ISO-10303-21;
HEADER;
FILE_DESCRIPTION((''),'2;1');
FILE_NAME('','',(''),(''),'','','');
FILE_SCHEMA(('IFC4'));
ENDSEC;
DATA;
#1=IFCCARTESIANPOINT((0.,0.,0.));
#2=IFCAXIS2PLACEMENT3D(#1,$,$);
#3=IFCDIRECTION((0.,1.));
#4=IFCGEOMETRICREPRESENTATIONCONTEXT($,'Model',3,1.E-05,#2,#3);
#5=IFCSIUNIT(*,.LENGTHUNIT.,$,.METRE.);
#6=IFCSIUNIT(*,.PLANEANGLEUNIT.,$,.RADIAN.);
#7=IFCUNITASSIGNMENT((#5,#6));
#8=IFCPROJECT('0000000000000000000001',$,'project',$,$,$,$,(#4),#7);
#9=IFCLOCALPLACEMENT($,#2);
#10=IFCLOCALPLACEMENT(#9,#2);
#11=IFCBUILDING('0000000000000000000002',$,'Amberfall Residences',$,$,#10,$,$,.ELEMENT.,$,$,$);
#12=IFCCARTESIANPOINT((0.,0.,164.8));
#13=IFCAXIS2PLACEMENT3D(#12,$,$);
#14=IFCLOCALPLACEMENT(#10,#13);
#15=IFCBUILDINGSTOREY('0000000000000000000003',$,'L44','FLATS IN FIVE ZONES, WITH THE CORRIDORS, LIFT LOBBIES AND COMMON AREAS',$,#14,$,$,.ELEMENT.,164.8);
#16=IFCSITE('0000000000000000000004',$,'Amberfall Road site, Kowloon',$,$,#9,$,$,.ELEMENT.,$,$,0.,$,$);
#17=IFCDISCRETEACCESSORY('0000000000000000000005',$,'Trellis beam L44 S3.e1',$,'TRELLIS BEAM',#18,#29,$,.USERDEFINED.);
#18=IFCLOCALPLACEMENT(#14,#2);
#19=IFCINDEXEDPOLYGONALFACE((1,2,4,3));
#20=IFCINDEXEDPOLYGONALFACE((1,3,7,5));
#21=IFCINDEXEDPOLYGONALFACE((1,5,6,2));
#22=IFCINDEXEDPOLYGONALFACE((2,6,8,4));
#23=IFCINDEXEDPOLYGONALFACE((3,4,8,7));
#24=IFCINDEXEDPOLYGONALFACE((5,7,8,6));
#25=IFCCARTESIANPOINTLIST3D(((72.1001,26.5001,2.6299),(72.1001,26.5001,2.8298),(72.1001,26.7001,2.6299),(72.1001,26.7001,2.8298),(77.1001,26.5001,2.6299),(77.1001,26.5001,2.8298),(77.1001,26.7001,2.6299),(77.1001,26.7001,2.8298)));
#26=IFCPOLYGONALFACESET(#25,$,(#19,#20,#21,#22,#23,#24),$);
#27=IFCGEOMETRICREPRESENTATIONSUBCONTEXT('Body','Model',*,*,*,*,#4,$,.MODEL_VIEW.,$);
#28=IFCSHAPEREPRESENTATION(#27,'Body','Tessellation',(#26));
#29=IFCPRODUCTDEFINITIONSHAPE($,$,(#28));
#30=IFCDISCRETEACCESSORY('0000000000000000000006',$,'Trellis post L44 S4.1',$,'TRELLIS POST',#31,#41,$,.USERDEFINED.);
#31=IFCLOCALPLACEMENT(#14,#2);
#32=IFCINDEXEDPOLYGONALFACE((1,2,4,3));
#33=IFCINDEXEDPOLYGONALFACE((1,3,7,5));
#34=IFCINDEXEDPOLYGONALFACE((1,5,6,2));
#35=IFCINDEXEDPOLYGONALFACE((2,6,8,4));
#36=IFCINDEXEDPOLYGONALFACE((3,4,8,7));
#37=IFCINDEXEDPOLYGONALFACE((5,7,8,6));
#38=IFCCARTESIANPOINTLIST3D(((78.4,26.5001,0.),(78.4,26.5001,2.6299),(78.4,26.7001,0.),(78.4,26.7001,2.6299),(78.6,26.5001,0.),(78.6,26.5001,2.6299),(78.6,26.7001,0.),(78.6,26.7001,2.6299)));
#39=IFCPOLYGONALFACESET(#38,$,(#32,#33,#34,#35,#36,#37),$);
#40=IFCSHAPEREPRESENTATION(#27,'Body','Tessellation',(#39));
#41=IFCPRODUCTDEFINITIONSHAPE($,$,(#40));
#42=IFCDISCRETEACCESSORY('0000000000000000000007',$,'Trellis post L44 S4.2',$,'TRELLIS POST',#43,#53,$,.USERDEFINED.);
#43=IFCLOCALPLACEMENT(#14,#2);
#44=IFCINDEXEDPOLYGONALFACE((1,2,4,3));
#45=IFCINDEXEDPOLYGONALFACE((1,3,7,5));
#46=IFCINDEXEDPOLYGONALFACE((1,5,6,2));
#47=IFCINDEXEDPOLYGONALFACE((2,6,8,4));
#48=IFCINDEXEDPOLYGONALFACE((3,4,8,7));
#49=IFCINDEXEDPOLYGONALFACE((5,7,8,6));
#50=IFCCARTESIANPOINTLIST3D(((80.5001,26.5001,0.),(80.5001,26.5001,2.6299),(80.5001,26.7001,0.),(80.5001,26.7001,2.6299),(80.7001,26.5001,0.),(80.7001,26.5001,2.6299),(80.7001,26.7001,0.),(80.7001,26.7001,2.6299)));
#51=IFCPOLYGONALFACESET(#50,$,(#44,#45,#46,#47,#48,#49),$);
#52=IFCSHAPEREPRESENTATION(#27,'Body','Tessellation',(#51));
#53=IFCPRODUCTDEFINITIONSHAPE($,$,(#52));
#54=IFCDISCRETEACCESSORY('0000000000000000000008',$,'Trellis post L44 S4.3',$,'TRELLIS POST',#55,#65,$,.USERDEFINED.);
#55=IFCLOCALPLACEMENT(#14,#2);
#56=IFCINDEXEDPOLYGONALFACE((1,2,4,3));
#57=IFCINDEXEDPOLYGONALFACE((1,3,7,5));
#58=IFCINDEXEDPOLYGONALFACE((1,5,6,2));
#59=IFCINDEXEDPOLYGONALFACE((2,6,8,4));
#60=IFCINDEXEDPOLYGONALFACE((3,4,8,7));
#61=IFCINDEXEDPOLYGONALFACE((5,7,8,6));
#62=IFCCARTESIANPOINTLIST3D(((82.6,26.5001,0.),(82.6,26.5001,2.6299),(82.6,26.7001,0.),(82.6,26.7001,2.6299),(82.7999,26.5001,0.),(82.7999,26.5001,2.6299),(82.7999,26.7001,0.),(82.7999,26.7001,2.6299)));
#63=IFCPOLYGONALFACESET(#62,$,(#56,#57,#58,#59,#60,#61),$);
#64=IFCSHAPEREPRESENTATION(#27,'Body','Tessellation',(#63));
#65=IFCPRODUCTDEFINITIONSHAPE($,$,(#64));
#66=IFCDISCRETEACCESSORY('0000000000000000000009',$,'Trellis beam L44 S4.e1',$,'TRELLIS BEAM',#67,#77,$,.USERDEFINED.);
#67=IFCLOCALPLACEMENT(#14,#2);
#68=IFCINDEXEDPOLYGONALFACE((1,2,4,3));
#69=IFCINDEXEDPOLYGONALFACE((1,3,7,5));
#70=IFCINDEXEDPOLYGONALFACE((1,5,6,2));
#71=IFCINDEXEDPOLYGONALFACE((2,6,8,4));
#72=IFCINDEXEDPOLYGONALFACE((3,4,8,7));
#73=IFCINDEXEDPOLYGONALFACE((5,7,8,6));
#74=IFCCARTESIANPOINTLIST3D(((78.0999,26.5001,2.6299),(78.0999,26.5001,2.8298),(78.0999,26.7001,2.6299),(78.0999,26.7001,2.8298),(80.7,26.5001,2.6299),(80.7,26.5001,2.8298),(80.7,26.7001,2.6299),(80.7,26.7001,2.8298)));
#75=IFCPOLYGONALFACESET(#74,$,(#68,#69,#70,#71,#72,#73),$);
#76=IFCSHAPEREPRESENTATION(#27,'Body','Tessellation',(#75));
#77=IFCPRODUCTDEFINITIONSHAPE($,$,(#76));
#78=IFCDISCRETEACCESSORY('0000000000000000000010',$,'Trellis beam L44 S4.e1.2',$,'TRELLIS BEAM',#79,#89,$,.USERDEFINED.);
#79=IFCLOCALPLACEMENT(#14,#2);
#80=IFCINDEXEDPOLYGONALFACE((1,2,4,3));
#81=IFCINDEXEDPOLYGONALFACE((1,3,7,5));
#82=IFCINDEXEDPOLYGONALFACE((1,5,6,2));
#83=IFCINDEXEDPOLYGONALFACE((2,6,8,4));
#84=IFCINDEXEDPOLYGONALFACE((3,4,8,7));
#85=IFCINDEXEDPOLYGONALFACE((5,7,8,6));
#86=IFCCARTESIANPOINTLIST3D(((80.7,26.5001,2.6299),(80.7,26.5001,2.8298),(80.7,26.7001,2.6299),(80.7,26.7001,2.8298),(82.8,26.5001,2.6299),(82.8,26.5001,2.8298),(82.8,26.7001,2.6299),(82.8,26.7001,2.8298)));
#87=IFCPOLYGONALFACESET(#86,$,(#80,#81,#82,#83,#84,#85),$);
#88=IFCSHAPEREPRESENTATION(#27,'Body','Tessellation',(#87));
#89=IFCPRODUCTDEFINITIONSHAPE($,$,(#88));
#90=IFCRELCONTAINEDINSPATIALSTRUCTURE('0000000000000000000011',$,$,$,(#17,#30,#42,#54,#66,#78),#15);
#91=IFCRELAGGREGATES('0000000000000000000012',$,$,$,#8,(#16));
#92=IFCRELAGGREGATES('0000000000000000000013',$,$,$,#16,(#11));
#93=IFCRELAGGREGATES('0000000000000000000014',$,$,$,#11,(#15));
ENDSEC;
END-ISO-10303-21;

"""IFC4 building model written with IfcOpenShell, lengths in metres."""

from ifc_helpers import new_model, si_unit, direction, frame, origin, origin_2d, place, context, subcontext, project, spatial, rectangle, extrude, element, save


model = new_model("IFC4")

# Units and contexts
model_context = context("Model", 3, precision=1e-05, world=origin(), true_north=direction((0.0, 1.0)))
body_context = subcontext(model_context, "Body", "Model", "MODEL_VIEW")
ifc_project = project(units=[si_unit("LENGTHUNIT", "METRE"), si_unit("PLANEANGLEUNIT", "RADIAN")], contexts=[model_context])

# Site, building, storey
site_placement = place(None, origin())
site = spatial("IfcSite", under=ifc_project, at=site_placement, Name="Amberfall Road site, Kowloon", CompositionType="ELEMENT", RefElevation=0.0)
building_placement = place(site_placement, origin())
building = spatial("IfcBuilding", under=site, at=building_placement, Name="Amberfall Residences", CompositionType="ELEMENT")
storey_placement = place(building_placement, frame((0.0, 0.0, 164.8)))
storey = spatial("IfcBuildingStorey", under=building, at=storey_placement, Name="L44", Description="FLATS IN FIVE ZONES, WITH THE CORRIDORS, LIFT LOBBIES AND COMMON AREAS", CompositionType="ELEMENT", Elevation=164.8)

# Discrete accessories
discrete_accessory_1_placement = place(storey_placement, frame((74.6001, 26.6001, 2.6299), z_axis=(0.0, 0.0, 1.0), x_axis=(1.0, 0.0, 0.0)))
element("IfcDiscreteAccessory", 1, at=discrete_accessory_1_placement, inside=storey, Name="Trellis beam L44 S3.e1", ObjectType="TRELLIS BEAM", PredefinedType="USERDEFINED", context=body_context, shape_type="SweptSolid", body=[
    extrude(rectangle(XDim=5.0, YDim=0.2, at=origin_2d()), origin(), (0.0, 0.0, 1.0), 0.2),
])
for number, where, z_axis, x_axis, name in (
    (2, (78.5, 26.6001, 0.0), (0.0, 0.0, 1.0), (1.0, 0.0, 0.0), "Trellis post L44 S4.1"),
    (3, (80.6001, 26.6001, 0.0), (0.0, 0.0, 1.0), (1.0, 0.0, 0.0), "Trellis post L44 S4.2"),
    (4, (82.7, 26.6001, 0.0), (0.0, 0.0, 1.0), (1.0, 0.0, 0.0), "Trellis post L44 S4.3"),
):
    element("IfcDiscreteAccessory", number, at=place(storey_placement, frame(where, z_axis=z_axis, x_axis=x_axis)), inside=storey, Name=name, ObjectType="TRELLIS POST", PredefinedType="USERDEFINED", context=body_context, shape_type="SweptSolid", body=[
        extrude(rectangle(XDim=0.2, YDim=0.2, at=origin_2d()), origin(), (0.0, 0.0, 1.0), 2.6299),
    ])
discrete_accessory_2_placement = place(storey_placement, frame((79.3999, 26.6001, 2.6299), z_axis=(0.0, 0.0, 1.0), x_axis=(1.0, 0.0, 0.0)))
element("IfcDiscreteAccessory", 5, at=discrete_accessory_2_placement, inside=storey, Name="Trellis beam L44 S4.e1", ObjectType="TRELLIS BEAM", PredefinedType="USERDEFINED", context=body_context, shape_type="SweptSolid", body=[
    extrude(rectangle(XDim=2.6001, YDim=0.2, at=origin_2d()), origin(), (0.0, 0.0, 1.0), 0.2),
])
discrete_accessory_3_placement = place(storey_placement, frame((81.75, 26.6001, 2.6299), z_axis=(0.0, 0.0, 1.0), x_axis=(1.0, 0.0, 0.0)))
element("IfcDiscreteAccessory", 6, at=discrete_accessory_3_placement, inside=storey, Name="Trellis beam L44 S4.e1.2", ObjectType="TRELLIS BEAM", PredefinedType="USERDEFINED", context=body_context, shape_type="SweptSolid", body=[
    extrude(rectangle(XDim=2.1001, YDim=0.2, at=origin_2d()), origin(), (0.0, 0.0, 1.0), 0.2),
])

save(model, "model.ifc")
